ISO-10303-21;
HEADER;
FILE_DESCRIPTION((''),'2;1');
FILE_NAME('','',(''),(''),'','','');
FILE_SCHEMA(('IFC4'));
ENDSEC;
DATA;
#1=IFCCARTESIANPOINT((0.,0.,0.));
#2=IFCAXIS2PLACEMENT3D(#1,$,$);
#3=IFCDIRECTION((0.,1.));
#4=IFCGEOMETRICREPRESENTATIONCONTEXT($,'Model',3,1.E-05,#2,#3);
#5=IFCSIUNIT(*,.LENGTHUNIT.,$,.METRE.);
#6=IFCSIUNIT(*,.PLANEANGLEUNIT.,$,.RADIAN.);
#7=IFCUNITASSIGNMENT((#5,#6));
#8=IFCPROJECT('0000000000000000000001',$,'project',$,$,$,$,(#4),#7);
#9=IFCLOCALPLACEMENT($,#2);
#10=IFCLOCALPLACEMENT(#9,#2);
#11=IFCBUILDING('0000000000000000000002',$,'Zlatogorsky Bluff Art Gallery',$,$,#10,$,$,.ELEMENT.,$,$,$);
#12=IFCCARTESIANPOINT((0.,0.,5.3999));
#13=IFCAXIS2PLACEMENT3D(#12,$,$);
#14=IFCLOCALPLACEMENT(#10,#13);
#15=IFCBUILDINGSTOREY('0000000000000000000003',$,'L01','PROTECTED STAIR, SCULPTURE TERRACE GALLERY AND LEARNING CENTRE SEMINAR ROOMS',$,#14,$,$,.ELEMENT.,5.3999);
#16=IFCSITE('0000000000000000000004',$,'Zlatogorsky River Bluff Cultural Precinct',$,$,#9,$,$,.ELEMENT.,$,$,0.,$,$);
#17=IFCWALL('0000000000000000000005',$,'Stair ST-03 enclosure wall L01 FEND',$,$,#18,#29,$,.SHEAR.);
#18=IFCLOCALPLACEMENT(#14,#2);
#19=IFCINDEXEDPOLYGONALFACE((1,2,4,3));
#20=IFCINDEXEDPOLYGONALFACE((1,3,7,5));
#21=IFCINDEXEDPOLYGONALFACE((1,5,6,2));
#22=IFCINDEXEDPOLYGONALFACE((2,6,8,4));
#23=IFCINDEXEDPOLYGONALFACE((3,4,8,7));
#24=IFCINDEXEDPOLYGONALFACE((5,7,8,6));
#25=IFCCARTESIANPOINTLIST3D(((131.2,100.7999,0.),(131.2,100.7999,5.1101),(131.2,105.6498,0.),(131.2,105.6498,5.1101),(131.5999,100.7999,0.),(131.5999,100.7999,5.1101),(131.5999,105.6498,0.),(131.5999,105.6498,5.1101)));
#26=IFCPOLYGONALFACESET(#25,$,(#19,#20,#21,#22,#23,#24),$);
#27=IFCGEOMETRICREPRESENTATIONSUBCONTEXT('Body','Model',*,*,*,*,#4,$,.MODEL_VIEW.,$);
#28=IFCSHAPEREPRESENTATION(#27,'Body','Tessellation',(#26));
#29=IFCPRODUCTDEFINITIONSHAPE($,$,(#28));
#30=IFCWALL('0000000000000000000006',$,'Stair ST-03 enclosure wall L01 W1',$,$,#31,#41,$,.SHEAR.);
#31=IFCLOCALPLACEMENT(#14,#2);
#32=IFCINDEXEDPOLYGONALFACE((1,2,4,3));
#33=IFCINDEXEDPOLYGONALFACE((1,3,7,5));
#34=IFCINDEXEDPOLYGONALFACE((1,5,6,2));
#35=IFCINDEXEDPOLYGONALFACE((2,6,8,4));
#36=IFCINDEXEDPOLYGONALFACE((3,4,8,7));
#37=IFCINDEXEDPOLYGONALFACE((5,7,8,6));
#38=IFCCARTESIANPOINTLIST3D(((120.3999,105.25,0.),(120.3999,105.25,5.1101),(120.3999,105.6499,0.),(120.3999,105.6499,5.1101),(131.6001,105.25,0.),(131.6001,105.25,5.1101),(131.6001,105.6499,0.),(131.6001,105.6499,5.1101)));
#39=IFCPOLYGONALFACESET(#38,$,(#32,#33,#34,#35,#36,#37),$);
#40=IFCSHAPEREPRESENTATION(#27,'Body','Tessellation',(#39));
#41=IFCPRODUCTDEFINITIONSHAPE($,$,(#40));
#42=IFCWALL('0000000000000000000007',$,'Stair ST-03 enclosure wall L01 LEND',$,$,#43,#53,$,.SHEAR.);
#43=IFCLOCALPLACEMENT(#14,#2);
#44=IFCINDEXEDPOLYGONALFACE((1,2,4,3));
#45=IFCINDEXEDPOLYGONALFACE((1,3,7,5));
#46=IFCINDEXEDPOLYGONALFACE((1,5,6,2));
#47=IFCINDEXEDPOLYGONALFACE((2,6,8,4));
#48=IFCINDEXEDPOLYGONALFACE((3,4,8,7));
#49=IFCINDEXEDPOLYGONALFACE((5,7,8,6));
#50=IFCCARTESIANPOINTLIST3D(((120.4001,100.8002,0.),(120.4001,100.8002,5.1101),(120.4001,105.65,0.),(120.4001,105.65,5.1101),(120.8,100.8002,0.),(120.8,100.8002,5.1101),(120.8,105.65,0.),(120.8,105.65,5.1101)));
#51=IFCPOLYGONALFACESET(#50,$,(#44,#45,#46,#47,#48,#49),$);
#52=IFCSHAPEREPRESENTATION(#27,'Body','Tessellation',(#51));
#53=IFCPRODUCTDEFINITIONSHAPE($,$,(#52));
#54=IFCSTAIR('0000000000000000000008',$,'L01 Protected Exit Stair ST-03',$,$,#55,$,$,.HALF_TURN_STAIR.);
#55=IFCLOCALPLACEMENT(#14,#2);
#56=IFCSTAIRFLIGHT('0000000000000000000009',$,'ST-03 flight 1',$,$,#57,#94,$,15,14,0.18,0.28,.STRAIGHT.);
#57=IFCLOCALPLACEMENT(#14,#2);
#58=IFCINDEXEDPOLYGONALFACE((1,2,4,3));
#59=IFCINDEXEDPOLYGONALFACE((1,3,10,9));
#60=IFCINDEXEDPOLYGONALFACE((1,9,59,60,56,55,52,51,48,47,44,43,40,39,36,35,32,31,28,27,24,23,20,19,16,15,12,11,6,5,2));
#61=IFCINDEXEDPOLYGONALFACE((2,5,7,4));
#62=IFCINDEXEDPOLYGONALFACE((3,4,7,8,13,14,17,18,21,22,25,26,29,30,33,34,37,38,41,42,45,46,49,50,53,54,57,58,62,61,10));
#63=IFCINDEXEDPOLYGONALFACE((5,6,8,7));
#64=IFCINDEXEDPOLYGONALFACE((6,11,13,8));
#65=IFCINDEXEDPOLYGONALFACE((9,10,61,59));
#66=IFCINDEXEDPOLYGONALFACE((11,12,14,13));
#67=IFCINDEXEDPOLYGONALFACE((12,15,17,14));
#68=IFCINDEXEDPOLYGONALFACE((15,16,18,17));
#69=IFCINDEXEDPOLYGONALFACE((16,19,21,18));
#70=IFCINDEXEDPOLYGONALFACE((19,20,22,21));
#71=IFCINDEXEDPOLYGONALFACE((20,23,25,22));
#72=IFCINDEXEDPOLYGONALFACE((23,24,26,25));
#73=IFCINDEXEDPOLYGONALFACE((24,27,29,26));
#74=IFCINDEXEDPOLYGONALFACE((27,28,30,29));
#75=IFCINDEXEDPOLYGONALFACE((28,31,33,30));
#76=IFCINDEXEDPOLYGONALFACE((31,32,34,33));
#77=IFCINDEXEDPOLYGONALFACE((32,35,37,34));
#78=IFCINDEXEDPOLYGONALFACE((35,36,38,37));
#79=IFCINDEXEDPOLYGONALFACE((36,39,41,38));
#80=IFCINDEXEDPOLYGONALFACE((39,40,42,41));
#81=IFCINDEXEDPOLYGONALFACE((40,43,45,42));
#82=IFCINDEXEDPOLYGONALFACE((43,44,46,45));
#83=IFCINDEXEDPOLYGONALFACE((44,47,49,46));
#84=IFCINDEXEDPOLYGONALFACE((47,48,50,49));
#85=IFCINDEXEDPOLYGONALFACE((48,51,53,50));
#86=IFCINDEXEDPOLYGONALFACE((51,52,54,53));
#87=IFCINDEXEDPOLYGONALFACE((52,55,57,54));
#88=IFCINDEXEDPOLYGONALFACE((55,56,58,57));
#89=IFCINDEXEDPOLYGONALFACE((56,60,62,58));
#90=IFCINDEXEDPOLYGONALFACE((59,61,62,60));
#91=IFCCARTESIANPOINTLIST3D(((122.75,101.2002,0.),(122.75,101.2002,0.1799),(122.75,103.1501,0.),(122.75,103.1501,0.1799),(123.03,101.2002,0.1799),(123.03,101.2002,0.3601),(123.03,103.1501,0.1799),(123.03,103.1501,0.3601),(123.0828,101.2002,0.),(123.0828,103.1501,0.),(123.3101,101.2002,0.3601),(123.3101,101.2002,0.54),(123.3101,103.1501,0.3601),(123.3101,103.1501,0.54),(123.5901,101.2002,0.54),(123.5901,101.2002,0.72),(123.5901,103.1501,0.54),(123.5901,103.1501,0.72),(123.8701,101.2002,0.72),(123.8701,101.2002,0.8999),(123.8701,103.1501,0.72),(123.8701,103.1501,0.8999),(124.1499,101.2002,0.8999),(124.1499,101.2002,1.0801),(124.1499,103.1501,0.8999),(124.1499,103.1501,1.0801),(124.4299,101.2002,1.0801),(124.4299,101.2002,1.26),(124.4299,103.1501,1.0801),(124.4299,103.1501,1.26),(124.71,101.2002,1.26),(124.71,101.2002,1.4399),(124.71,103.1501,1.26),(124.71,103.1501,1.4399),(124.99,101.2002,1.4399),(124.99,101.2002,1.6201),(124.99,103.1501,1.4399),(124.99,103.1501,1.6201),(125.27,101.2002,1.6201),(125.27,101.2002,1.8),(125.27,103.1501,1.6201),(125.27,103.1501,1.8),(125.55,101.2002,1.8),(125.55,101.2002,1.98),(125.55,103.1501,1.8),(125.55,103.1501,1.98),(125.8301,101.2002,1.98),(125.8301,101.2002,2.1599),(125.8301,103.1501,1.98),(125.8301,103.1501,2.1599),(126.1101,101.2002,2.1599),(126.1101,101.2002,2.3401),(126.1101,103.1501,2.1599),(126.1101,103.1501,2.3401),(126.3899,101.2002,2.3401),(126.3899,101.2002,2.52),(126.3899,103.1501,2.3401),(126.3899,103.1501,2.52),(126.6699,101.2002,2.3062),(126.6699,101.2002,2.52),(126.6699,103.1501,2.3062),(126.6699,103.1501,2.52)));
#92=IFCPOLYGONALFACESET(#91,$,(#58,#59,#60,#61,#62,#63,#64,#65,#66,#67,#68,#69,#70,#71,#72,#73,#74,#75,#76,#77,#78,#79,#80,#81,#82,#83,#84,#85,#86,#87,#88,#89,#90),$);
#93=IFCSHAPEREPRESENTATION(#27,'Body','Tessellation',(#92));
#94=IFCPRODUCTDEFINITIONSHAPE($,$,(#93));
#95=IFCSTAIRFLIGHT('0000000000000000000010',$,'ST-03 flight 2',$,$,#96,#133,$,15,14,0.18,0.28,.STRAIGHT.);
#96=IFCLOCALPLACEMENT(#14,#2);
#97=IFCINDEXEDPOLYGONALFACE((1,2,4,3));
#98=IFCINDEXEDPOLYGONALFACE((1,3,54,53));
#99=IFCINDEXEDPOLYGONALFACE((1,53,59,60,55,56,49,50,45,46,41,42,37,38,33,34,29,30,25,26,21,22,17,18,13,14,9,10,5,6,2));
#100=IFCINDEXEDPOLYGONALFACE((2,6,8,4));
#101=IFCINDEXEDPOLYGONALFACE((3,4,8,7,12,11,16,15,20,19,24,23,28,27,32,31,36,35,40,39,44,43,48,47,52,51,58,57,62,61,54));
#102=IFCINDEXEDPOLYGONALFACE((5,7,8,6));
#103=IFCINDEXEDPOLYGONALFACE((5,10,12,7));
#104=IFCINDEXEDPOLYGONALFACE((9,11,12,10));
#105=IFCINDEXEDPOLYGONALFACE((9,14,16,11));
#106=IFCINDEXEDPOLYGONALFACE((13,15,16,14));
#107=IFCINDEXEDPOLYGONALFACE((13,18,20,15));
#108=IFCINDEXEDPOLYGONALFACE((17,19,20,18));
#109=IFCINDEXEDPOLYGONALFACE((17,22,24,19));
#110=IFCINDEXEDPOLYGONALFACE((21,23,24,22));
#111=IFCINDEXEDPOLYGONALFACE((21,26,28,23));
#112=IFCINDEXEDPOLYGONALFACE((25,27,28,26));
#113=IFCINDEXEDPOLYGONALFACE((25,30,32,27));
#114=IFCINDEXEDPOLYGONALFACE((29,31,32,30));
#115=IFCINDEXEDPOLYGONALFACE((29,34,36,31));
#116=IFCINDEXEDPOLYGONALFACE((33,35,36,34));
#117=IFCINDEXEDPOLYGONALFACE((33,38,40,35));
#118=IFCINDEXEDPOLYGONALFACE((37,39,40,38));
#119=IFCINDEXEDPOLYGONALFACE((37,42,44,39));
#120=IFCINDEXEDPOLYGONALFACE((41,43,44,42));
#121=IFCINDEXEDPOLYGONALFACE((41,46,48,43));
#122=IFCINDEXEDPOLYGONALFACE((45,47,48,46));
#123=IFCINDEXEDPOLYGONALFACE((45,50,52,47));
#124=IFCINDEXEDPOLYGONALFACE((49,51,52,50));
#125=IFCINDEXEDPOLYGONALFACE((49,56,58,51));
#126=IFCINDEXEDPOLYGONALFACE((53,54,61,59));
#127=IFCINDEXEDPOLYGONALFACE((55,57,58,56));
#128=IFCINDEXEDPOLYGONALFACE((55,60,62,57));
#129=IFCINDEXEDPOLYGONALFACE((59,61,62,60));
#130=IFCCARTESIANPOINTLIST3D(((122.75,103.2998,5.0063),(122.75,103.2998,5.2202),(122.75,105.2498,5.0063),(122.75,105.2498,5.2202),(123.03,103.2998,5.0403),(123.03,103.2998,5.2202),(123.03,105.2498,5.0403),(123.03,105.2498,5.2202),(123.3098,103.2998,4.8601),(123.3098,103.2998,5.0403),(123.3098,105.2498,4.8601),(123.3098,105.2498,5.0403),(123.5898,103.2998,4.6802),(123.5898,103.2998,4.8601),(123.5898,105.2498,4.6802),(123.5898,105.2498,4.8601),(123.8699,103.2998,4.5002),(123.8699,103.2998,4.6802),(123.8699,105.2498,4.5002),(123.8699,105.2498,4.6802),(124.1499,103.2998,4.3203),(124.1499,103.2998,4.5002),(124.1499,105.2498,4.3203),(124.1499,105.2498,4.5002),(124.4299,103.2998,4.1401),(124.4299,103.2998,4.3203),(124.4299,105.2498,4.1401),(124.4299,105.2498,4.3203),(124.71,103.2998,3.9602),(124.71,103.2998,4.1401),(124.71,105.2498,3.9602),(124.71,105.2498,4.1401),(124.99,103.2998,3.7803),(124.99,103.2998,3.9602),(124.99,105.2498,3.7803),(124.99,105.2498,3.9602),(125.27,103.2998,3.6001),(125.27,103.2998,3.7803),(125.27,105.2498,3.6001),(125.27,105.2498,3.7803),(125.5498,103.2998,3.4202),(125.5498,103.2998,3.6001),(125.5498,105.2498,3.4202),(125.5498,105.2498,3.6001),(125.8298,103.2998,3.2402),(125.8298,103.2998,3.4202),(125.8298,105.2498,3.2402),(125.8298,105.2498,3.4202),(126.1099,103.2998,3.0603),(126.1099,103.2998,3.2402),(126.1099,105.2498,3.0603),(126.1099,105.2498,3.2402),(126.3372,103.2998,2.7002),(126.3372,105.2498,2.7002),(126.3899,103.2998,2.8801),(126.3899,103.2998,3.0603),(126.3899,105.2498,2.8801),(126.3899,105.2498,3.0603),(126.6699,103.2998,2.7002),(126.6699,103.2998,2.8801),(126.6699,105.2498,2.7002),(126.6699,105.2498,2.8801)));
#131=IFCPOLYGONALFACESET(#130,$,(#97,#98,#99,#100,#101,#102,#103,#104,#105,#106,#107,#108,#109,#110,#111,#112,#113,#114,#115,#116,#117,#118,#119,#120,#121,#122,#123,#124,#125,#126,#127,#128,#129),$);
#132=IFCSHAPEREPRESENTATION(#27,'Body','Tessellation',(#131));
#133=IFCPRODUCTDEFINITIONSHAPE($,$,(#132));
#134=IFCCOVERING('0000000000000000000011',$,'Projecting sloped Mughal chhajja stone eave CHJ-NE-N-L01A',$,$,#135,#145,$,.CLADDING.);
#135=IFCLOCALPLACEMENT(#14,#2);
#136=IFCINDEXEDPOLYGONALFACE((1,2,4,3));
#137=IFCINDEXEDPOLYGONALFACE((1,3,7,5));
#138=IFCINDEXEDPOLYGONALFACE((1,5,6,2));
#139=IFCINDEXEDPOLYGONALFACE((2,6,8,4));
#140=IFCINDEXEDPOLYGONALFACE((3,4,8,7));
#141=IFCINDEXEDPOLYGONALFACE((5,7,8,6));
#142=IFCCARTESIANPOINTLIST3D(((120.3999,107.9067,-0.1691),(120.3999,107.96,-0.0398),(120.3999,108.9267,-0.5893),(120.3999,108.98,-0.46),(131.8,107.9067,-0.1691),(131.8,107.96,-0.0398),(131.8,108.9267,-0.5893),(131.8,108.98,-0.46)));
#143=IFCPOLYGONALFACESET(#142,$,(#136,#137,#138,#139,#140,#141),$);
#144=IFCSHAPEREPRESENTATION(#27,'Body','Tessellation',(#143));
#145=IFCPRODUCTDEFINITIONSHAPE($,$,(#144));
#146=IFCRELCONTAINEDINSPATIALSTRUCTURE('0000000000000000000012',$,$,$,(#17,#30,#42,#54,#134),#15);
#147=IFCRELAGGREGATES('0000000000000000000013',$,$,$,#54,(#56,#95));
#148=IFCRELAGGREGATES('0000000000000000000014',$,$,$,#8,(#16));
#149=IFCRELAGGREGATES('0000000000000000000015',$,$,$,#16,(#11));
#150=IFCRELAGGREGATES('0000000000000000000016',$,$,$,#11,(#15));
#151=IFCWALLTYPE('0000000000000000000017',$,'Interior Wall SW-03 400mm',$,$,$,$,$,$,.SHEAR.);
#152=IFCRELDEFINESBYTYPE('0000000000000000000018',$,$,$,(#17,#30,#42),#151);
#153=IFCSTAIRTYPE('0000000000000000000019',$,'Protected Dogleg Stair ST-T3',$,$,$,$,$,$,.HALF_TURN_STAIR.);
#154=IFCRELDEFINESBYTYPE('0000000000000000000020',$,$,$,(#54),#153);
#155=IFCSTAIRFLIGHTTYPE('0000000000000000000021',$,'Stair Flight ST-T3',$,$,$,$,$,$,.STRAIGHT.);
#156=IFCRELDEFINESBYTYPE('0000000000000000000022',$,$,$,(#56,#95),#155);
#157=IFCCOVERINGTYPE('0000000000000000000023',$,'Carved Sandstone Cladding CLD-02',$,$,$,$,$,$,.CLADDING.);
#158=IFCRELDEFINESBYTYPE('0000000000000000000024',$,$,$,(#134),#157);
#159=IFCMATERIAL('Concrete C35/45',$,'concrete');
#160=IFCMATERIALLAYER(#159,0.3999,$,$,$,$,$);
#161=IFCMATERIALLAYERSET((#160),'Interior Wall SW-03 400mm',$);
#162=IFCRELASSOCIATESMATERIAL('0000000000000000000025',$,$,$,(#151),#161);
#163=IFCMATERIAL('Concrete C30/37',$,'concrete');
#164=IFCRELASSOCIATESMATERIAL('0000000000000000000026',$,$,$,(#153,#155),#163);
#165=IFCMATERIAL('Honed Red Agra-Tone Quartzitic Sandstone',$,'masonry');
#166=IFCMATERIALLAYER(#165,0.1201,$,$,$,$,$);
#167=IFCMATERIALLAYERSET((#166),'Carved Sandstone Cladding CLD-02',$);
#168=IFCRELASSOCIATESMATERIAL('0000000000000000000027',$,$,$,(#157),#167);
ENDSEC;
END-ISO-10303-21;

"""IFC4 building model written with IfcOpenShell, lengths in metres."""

from ifc_helpers import new_model, si_unit, direction, frame, frame_2d, origin, place, context, subcontext, project, spatial, polyline, rectangle, outline, extrude, material, layer, layer_set, type_object, element, aggregate, save


model = new_model("IFC4")

# Units and contexts
model_context = context("Model", 3, precision=1e-05, world=origin(), true_north=direction((0.0, 1.0)))
body_context = subcontext(model_context, "Body", "Model", "MODEL_VIEW")
ifc_project = project(units=[si_unit("LENGTHUNIT", "METRE"), si_unit("PLANEANGLEUNIT", "RADIAN")], contexts=[model_context])

# Site, building, storey
site_placement = place(None, origin())
site = spatial("IfcSite", under=ifc_project, at=site_placement, Name="Zlatogorsky River Bluff Cultural Precinct", CompositionType="ELEMENT", RefElevation=0.0)
building_placement = place(site_placement, origin())
building = spatial("IfcBuilding", under=site, at=building_placement, Name="Zlatogorsky Bluff Art Gallery", CompositionType="ELEMENT")
storey_placement = place(building_placement, frame((0.0, 0.0, 5.3999)))
storey = spatial("IfcBuildingStorey", under=building, at=storey_placement, Name="L01", Description="PROTECTED STAIR, SCULPTURE TERRACE GALLERY AND LEARNING CENTRE SEMINAR ROOMS", CompositionType="ELEMENT", Elevation=5.3999)

# Shared definitions
ifc_material_1 = material(Name="Concrete C30/37", Category="concrete")
ifc_material_2 = material(Name="Concrete C35/45", Category="concrete")

# Shared definitions
ifc_layer_1 = layer(ifc_material_2, 0.3999)
ifc_layer_set_1 = layer_set([ifc_layer_1], Name="Interior Wall SW-03 400mm")
wall_type_1 = type_object("IfcWallType", Name="Interior Wall SW-03 400mm", PredefinedType="SHEAR", material=ifc_layer_set_1)

# Walls
wall_1_placement = place(storey_placement, frame((131.3999, 100.8, 0.0), z_axis=(0.0, 0.0, 1.0), x_axis=(0.0, 1.0, 0.0)))
element("IfcWall", 1, at=wall_1_placement, inside=storey, type_object=wall_type_1, Name="Stair ST-03 enclosure wall L01 FEND", PredefinedType="SHEAR", context=body_context, shape_type="SweptSolid", body=[
    extrude(rectangle(XDim=4.8499, YDim=0.3999, at=frame_2d((2.4248, 0.0))), origin(), (0.0, 0.0, 1.0), 5.1101),
])
wall_2_placement = place(storey_placement, frame((131.6001, 105.45, 0.0), z_axis=(0.0, 0.0, 1.0), x_axis=(-1.0, 0.0, 0.0)))
element("IfcWall", 2, at=wall_2_placement, inside=storey, type_object=wall_type_1, Name="Stair ST-03 enclosure wall L01 W1", PredefinedType="SHEAR", context=body_context, shape_type="SweptSolid", body=[
    extrude(rectangle(XDim=11.2002, YDim=0.3999, at=frame_2d((5.6001, 0.0))), origin(), (0.0, 0.0, 1.0), 5.1101),
])
wall_3_placement = place(storey_placement, frame((120.6001, 105.6499, 0.0), z_axis=(0.0, 0.0, 1.0), x_axis=(0.0, -1.0, 0.0)))
element("IfcWall", 3, at=wall_3_placement, inside=storey, type_object=wall_type_1, Name="Stair ST-03 enclosure wall L01 LEND", PredefinedType="SHEAR", context=body_context, shape_type="SweptSolid", body=[
    extrude(rectangle(XDim=4.8499, YDim=0.3999, at=frame_2d((2.4248, 0.0))), origin(), (0.0, 0.0, 1.0), 5.1101),
])

# Stair, stair flights
stair_type = type_object("IfcStairType", Name="Protected Dogleg Stair ST-T3", PredefinedType="HALF_TURN_STAIR", material=ifc_material_1)
stair_placement = place(storey_placement, origin())
stair = element("IfcStair", 4, at=stair_placement, inside=storey, type_object=stair_type, Name="L01 Protected Exit Stair ST-03", PredefinedType="HALF_TURN_STAIR")
stair_flight_type = type_object("IfcStairFlightType", Name="Stair Flight ST-T3", PredefinedType="STRAIGHT", material=ifc_material_1)
stair_flight_1_placement = place(storey_placement, frame((122.75, 102.175, 0.0), z_axis=(0.0, 0.0, 1.0), x_axis=(1.0, 0.0, 0.0)))
stair_flight_1 = element("IfcStairFlight", 5, at=stair_flight_1_placement, type_object=stair_flight_type, Name="ST-03 flight 1", NumberOfRisers=15, NumberOfTreads=14, PredefinedType="STRAIGHT", RiserHeight=0.18, TreadLength=0.28, context=body_context, shape_type="SweptSolid", body=[
    extrude(outline(polyline([(0.0, 0.0), (0.0, 0.1799), (0.28, 0.1799), (0.28, 0.3601), (0.5601, 0.3601), (0.5601, 0.54), (0.8401, 0.54), (0.8401, 0.72), (1.1201, 0.72), (1.1201, 0.8999), (1.3999, 0.8999), (1.3999, 1.0801), (1.6799, 1.0801), (1.6799, 1.26), (1.96, 1.26), (1.96, 1.4399), (2.24, 1.4399), (2.24, 1.6201), (2.52, 1.6201), (2.52, 1.8), (2.8, 1.8), (2.8, 1.98), (3.0801, 1.98), (3.0801, 2.1599), (3.3601, 2.1599), (3.3601, 2.3401), (3.6399, 2.3401), (3.6399, 2.52), (3.9199, 2.52), (3.9199, 2.7), (3.9199, 2.3062), (0.3328, 0.0), (0.0, 0.0)])), frame((0.0, 0.9751, 0.0), z_axis=(0.0, -1.0, 0.0), x_axis=(1.0, 0.0, 0.0)), (0.0, 0.0, 1.0), 1.95),
])
stair_flight_2_placement = place(storey_placement, frame((126.6699, 104.2749, 2.7002), z_axis=(0.0, 0.0, 1.0), x_axis=(-1.0, 0.0, 0.0)))
stair_flight_2 = element("IfcStairFlight", 6, at=stair_flight_2_placement, type_object=stair_flight_type, Name="ST-03 flight 2", NumberOfRisers=15, NumberOfTreads=14, PredefinedType="STRAIGHT", RiserHeight=0.18, TreadLength=0.28, context=body_context, shape_type="SweptSolid", body=[
    extrude(outline(polyline([(0.0, 0.0), (0.0, 0.1799), (0.28, 0.1799), (0.28, 0.3601), (0.5601, 0.3601), (0.5601, 0.54), (0.8401, 0.54), (0.8401, 0.72), (1.1201, 0.72), (1.1201, 0.8999), (1.3999, 0.8999), (1.3999, 1.0801), (1.6799, 1.0801), (1.6799, 1.26), (1.96, 1.26), (1.96, 1.4399), (2.24, 1.4399), (2.24, 1.6201), (2.52, 1.6201), (2.52, 1.8), (2.8, 1.8), (2.8, 1.98), (3.0801, 1.98), (3.0801, 2.1599), (3.3601, 2.1599), (3.3601, 2.3401), (3.6399, 2.3401), (3.6399, 2.52), (3.9199, 2.52), (3.9199, 2.7), (3.9199, 2.3062), (0.3328, 0.0), (0.0, 0.0)])), frame((0.0, 0.9751, 0.0), z_axis=(0.0, -1.0, 0.0), x_axis=(1.0, 0.0, 0.0)), (0.0, 0.0, 1.0), 1.95),
])
aggregate(stair, [stair_flight_1, stair_flight_2])

# Covering
ifc_material_3 = material(Name="Honed Red Agra-Tone Quartzitic Sandstone", Category="masonry")
ifc_layer_2 = layer(ifc_material_3, 0.1201)
ifc_layer_set_2 = layer_set([ifc_layer_2], Name="Carved Sandstone Cladding CLD-02")
covering_type = type_object("IfcCoveringType", Name="Carved Sandstone Cladding CLD-02", PredefinedType="CLADDING", material=ifc_layer_set_2)
covering_placement = place(storey_placement, frame((120.3999, 107.96, -0.0398), z_axis=(0.0, 0.380872, 0.924628), x_axis=(1.0, 0.0, 0.0)))
element("IfcCovering", 7, at=covering_placement, inside=storey, type_object=covering_type, Name="Projecting sloped Mughal chhajja stone eave CHJ-NE-N-L01A", PredefinedType="CLADDING", context=body_context, shape_type="SweptSolid", body=[
    extrude(outline(polyline([(0.0, 0.0), (11.4001, 0.0), (11.4001, 1.1032), (0.0, 1.1032), (0.0, 0.0)])), origin(), (0.0, 0.0, -1.0), 0.1399),
])

save(model, "model.ifc")
